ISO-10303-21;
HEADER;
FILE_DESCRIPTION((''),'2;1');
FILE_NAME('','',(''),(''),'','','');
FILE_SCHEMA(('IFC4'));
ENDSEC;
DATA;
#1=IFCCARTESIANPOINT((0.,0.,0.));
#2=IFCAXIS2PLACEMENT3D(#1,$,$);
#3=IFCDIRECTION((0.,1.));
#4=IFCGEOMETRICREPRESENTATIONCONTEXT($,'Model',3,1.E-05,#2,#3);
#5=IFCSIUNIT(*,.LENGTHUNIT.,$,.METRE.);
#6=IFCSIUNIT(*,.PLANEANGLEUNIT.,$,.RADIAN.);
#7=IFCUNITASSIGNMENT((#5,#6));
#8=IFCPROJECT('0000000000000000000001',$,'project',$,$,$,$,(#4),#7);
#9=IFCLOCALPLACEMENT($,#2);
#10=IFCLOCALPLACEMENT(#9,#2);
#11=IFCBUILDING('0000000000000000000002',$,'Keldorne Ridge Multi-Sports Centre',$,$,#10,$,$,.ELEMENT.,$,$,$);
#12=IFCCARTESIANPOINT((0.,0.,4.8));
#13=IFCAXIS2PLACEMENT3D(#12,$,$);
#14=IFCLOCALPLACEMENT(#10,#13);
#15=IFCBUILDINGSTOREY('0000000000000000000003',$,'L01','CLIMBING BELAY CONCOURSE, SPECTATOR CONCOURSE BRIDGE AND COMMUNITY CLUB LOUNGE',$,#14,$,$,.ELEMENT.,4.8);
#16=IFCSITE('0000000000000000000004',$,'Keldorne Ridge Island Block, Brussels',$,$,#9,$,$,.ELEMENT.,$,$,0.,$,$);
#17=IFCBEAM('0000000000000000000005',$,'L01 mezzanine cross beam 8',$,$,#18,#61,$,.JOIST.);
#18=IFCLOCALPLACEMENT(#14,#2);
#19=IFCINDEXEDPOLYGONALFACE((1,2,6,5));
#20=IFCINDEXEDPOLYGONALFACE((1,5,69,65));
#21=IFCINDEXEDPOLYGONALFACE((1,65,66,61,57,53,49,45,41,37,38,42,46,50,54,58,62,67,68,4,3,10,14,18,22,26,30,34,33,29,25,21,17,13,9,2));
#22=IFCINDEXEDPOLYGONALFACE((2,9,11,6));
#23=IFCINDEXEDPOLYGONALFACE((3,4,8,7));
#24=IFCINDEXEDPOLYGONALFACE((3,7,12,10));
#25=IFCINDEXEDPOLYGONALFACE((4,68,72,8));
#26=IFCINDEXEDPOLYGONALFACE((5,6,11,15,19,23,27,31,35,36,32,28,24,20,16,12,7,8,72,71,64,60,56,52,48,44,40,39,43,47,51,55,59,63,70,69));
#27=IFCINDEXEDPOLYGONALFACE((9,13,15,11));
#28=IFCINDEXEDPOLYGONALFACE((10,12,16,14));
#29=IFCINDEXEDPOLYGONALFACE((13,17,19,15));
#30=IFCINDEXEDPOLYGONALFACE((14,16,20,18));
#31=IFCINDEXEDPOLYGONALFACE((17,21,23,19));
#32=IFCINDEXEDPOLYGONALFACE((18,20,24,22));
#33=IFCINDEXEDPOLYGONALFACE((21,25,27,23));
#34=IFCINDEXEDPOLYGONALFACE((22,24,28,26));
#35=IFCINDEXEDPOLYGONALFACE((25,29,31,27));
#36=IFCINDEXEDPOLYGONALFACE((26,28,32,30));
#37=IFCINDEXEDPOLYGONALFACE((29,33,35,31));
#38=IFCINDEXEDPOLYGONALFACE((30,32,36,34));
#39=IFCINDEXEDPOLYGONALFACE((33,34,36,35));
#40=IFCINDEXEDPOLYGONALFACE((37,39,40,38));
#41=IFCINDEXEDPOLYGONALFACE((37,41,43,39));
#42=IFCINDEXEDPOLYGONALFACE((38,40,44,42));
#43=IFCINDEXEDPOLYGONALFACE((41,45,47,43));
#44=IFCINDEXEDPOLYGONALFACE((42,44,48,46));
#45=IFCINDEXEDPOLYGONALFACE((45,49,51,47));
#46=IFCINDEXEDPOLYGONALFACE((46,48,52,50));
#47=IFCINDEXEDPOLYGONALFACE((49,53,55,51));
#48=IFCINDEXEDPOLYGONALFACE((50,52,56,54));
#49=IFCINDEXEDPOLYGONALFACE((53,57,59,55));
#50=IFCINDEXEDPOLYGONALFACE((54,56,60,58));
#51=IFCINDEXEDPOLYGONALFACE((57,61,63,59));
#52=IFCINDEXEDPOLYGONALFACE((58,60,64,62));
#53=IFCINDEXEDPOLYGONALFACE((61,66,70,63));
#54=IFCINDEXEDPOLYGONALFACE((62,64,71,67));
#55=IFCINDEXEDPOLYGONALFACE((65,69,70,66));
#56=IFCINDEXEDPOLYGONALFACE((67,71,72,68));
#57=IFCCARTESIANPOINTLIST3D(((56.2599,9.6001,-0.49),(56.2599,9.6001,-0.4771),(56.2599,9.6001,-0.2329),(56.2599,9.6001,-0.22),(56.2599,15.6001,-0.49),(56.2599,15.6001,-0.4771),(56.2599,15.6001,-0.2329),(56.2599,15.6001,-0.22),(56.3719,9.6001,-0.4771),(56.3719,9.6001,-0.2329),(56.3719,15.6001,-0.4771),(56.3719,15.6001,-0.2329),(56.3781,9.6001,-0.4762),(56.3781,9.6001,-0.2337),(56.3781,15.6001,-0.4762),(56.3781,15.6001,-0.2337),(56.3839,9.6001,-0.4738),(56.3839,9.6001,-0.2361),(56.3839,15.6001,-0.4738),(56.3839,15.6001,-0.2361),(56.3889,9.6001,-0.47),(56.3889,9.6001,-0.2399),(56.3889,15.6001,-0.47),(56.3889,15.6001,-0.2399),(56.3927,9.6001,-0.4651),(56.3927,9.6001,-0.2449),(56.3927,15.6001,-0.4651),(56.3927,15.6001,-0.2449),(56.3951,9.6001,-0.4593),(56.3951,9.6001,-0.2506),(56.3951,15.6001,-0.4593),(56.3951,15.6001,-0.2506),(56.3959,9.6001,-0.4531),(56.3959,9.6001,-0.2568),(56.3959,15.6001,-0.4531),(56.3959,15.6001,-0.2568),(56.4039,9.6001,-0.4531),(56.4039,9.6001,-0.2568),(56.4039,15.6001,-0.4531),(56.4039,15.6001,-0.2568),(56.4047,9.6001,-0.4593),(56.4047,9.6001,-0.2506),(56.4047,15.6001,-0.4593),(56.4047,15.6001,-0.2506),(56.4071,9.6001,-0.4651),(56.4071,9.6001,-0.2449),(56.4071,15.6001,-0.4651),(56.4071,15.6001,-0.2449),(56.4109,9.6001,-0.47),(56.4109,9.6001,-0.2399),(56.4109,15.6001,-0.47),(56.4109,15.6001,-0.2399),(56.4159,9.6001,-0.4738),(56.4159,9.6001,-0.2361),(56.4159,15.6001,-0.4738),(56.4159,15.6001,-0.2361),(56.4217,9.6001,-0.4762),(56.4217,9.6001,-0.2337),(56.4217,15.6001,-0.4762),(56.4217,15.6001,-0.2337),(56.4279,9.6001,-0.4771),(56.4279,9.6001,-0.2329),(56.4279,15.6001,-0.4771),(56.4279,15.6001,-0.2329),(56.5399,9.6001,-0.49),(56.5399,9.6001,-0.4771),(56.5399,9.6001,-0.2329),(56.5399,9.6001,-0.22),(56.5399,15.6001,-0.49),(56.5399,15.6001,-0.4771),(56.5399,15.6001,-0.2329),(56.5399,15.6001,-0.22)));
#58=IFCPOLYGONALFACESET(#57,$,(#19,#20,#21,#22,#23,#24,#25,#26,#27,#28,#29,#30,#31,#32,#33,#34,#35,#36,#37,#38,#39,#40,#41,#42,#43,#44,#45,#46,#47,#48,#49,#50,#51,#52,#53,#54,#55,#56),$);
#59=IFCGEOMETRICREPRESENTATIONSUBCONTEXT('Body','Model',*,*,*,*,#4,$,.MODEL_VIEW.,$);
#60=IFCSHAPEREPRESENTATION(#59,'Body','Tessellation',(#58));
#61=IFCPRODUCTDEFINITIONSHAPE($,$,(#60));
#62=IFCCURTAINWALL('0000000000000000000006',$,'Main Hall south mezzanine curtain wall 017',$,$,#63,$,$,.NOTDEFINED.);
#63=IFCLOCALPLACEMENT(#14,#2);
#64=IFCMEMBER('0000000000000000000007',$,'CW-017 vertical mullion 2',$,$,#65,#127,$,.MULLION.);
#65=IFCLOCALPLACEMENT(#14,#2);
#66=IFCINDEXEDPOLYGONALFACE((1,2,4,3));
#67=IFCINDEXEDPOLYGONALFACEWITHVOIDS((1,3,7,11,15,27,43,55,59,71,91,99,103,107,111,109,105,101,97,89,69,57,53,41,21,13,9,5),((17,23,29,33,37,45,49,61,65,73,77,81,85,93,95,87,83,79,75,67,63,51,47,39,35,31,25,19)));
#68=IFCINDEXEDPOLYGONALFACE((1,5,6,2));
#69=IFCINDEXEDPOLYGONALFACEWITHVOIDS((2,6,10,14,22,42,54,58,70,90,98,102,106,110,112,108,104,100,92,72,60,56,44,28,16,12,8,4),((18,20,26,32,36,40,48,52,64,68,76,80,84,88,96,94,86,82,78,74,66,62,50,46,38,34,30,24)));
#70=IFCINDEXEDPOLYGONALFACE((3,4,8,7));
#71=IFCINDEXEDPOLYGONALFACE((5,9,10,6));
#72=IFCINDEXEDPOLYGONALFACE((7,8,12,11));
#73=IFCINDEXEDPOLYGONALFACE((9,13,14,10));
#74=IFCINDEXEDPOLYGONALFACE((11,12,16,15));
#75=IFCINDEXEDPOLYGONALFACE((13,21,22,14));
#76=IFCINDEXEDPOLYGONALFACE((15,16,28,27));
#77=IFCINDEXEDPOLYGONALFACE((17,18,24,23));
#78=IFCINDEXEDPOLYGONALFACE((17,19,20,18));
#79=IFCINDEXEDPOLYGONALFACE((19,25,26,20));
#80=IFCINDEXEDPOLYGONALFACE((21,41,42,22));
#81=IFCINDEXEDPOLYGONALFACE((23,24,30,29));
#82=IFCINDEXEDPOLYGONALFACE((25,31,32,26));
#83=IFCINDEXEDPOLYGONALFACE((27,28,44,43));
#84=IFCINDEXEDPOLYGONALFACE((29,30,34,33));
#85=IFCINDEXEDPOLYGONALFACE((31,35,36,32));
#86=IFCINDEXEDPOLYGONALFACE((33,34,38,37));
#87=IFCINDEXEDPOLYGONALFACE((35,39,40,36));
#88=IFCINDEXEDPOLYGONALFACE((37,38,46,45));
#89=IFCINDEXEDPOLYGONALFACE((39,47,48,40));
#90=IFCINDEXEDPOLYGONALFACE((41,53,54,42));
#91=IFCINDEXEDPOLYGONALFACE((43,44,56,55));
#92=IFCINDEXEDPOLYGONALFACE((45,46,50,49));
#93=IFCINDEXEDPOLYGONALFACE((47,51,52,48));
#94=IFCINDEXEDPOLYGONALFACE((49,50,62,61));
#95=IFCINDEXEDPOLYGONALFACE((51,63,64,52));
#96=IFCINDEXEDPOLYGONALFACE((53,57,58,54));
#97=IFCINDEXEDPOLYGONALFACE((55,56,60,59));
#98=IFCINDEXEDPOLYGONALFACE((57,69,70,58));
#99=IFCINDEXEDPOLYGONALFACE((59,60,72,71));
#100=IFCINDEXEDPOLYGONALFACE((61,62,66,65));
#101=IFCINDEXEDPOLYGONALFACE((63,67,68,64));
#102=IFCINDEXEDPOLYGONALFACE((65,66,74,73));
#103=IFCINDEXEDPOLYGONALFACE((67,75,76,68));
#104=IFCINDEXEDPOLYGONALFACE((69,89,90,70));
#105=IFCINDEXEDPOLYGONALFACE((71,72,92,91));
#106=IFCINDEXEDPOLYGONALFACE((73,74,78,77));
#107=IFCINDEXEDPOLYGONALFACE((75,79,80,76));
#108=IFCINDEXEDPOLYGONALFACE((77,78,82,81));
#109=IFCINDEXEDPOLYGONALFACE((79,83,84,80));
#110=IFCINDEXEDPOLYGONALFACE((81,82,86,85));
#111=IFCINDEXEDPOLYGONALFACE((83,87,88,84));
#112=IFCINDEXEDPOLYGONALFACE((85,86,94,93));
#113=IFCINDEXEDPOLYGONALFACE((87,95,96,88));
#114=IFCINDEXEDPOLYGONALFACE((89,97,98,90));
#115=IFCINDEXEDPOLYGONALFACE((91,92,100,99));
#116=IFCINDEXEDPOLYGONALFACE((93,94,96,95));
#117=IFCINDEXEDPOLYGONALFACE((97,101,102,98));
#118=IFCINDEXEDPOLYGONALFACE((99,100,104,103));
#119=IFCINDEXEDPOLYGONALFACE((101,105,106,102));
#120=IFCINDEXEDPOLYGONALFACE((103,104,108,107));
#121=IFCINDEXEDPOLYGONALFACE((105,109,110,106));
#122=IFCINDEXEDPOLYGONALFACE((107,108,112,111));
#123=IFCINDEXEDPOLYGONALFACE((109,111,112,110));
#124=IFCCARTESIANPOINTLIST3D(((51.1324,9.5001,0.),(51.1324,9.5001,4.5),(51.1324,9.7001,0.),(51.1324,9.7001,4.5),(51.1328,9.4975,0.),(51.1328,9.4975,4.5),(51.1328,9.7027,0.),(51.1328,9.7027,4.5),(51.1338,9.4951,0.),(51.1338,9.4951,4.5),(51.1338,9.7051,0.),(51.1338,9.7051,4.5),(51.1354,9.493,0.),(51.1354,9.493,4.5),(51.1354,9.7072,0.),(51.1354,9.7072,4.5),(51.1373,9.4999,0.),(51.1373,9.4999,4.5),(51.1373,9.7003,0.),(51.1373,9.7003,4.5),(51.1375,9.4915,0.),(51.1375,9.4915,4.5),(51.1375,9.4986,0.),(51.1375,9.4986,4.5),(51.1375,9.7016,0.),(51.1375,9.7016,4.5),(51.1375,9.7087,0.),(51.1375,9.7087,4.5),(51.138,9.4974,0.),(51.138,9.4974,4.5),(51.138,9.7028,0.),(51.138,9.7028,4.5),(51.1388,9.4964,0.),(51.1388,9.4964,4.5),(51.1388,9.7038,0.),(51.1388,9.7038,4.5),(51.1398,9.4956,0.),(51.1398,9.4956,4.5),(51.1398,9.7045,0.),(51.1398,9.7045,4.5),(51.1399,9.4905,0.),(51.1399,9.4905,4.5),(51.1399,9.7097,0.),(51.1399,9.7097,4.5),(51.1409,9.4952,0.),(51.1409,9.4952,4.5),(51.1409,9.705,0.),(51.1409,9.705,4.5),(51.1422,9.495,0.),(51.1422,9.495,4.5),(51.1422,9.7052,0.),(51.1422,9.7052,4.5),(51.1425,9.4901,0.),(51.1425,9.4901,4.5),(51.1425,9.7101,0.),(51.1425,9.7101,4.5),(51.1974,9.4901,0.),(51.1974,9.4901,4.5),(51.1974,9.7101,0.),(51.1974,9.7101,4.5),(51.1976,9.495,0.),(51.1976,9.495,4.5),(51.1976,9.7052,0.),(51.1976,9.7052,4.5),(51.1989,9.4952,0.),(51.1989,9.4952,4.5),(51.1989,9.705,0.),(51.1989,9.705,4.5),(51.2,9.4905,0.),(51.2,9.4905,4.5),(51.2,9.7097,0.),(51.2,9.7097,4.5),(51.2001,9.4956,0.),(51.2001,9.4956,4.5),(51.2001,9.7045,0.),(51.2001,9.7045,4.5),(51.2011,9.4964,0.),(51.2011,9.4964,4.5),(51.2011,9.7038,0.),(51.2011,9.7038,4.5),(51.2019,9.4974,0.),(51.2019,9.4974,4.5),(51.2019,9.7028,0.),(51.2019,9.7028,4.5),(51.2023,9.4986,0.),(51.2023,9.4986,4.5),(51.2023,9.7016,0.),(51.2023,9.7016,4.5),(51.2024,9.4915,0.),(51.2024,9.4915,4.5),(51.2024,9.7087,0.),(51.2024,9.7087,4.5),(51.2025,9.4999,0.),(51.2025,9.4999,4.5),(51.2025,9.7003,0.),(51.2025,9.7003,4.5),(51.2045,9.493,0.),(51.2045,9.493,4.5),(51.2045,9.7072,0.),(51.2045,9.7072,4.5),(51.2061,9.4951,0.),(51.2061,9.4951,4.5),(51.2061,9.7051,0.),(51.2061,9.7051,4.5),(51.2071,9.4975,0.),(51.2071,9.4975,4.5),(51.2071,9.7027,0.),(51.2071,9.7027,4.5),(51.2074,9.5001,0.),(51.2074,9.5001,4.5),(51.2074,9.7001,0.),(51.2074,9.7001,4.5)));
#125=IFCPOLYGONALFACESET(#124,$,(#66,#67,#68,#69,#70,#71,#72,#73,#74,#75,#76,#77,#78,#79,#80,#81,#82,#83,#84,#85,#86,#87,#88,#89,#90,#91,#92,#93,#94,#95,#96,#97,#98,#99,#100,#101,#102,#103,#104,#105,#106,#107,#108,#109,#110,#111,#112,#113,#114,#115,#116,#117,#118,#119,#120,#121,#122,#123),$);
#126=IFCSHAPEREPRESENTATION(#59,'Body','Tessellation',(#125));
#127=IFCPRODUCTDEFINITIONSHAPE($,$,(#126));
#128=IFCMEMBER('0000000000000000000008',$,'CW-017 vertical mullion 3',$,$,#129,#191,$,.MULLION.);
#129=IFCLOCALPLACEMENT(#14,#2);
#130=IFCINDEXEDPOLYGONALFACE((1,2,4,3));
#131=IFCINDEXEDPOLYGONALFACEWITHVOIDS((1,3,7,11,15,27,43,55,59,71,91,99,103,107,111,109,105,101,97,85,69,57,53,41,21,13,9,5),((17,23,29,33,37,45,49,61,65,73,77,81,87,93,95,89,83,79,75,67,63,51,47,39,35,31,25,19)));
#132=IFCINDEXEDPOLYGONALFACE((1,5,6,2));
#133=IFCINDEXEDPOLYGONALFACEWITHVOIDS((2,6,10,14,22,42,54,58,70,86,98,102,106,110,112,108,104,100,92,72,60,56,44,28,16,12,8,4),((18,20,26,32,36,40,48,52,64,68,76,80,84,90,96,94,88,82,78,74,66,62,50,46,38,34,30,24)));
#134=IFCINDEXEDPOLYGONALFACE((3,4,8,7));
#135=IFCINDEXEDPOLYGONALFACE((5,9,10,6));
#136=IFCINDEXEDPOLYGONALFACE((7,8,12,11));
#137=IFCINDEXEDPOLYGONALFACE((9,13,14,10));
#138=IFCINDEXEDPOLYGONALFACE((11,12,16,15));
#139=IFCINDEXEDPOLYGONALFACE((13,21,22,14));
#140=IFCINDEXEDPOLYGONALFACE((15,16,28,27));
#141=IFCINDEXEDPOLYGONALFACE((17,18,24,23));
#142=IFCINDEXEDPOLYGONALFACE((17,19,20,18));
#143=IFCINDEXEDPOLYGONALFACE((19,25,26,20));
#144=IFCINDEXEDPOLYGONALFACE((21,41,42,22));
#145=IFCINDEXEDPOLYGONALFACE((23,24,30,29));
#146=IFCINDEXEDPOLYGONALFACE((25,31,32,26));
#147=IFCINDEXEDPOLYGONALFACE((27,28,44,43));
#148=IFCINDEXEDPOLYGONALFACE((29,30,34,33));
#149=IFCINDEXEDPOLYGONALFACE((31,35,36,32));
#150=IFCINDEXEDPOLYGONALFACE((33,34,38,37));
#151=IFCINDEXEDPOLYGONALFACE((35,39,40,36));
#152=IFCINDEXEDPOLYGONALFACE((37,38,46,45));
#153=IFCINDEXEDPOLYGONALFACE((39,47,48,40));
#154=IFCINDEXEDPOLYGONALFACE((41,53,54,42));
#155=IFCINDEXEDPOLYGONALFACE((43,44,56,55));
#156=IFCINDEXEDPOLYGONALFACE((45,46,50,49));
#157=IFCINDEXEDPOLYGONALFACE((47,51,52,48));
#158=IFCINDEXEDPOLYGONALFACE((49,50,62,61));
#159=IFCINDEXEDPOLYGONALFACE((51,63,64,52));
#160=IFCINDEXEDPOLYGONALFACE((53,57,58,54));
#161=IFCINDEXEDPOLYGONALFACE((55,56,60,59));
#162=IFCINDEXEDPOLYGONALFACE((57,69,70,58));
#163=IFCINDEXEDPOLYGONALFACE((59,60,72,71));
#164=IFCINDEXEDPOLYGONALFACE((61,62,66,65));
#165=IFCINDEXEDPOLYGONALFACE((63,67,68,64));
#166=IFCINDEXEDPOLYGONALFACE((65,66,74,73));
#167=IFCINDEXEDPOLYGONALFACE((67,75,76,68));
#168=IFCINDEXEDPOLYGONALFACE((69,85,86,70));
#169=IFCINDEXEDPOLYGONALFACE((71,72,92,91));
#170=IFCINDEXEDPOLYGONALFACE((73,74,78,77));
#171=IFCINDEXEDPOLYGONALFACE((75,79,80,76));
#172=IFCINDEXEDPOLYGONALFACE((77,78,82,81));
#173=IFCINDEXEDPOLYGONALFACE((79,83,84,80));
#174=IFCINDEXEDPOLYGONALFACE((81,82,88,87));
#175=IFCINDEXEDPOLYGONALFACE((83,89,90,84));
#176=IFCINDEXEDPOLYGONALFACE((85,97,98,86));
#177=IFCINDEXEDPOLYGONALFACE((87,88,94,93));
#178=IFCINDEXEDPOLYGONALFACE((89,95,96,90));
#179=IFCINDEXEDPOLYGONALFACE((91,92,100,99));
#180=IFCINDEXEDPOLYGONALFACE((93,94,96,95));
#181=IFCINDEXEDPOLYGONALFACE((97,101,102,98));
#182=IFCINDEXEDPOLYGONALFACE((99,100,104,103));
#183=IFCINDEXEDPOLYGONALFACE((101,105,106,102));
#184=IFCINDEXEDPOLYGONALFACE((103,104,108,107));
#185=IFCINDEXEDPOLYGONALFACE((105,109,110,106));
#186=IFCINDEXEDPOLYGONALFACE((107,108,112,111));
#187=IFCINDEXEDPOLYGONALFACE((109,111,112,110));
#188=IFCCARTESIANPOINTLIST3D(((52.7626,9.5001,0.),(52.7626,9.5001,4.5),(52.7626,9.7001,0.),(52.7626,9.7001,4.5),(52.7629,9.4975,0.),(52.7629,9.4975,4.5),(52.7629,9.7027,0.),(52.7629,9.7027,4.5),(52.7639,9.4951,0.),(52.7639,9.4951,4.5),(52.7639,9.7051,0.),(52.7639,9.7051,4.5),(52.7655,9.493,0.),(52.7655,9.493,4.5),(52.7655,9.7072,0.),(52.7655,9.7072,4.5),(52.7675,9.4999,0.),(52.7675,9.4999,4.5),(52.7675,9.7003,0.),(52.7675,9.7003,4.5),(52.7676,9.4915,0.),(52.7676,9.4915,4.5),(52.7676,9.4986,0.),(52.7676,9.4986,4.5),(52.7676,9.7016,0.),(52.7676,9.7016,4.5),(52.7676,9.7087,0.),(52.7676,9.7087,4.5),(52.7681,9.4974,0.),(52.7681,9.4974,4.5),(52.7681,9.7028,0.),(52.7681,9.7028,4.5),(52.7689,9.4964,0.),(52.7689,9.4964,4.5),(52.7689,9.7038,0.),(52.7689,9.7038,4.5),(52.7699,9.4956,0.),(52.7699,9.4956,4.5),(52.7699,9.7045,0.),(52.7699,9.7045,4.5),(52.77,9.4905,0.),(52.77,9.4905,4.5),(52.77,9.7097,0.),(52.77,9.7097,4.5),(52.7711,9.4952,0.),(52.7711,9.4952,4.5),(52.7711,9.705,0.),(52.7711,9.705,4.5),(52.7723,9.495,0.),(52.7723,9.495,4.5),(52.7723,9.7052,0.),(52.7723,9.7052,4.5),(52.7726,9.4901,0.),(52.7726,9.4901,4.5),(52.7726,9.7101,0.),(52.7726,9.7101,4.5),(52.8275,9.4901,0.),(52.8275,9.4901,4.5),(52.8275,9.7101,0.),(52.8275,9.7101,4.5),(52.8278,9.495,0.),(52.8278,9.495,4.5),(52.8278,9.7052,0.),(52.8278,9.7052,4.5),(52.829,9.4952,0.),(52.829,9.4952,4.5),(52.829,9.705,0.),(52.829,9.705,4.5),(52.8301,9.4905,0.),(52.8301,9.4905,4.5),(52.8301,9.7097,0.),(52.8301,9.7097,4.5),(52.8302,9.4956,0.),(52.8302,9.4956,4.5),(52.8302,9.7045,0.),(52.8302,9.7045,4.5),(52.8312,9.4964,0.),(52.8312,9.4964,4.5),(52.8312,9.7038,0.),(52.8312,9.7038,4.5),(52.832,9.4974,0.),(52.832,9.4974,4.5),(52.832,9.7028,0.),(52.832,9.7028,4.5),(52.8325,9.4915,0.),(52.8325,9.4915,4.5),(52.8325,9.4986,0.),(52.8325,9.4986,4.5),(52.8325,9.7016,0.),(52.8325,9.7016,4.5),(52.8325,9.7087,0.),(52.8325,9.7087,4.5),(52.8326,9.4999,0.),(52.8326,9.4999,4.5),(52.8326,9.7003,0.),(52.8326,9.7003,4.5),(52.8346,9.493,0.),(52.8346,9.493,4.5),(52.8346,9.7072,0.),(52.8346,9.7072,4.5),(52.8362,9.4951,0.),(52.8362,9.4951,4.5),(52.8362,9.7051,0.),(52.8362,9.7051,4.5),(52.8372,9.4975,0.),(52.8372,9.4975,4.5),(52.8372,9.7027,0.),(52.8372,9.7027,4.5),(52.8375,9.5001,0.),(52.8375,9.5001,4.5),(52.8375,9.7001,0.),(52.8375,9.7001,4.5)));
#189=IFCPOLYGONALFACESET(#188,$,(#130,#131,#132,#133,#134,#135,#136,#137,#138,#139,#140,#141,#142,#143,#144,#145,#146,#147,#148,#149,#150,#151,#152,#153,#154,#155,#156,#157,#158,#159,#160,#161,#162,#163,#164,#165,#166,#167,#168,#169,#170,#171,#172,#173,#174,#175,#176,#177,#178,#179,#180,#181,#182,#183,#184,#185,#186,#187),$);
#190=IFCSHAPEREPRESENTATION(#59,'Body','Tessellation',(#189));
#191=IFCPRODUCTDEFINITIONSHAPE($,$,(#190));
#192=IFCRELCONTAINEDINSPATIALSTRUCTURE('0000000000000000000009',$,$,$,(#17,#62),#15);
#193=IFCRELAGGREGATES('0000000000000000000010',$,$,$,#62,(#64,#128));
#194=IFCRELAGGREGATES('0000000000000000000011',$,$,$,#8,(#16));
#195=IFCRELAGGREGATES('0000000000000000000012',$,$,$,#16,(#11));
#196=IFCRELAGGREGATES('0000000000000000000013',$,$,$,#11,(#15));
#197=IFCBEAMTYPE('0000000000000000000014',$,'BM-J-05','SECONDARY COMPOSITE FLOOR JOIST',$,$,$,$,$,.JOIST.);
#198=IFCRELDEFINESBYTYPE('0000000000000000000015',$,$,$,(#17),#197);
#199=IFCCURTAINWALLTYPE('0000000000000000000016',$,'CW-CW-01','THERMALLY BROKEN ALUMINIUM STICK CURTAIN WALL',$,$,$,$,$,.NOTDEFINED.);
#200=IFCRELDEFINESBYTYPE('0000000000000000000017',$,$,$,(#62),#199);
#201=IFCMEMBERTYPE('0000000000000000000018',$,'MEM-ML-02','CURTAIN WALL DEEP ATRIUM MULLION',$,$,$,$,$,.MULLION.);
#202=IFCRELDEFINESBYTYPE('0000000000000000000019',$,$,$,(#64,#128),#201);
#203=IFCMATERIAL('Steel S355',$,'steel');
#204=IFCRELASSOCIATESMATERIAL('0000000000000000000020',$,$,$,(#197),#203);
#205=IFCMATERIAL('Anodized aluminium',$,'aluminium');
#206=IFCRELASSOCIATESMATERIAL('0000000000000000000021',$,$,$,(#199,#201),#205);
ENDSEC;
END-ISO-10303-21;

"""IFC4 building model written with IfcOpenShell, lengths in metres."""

from ifc_helpers import new_model, si_unit, direction, frame, origin, origin_2d, place, context, subcontext, project, spatial, hollow_rectangle, i_section, extrude, material, material_profile, profile_set, type_object, element, aggregate, save


model = new_model("IFC4")

# Units and contexts
model_context = context("Model", 3, precision=1e-05, world=origin(), true_north=direction((0.0, 1.0)))
body_context = subcontext(model_context, "Body", "Model", "MODEL_VIEW")
ifc_project = project(units=[si_unit("LENGTHUNIT", "METRE"), si_unit("PLANEANGLEUNIT", "RADIAN")], contexts=[model_context])

# Site, building, storey
site_placement = place(None, origin())
site = spatial("IfcSite", under=ifc_project, at=site_placement, Name="Keldorne Ridge Island Block, Brussels", CompositionType="ELEMENT", RefElevation=0.0)
building_placement = place(site_placement, origin())
building = spatial("IfcBuilding", under=site, at=building_placement, Name="Keldorne Ridge Multi-Sports Centre", CompositionType="ELEMENT")
storey_placement = place(building_placement, frame((0.0, 0.0, 4.8)))
storey = spatial("IfcBuildingStorey", under=building, at=storey_placement, Name="L01", Description="CLIMBING BELAY CONCOURSE, SPECTATOR CONCOURSE BRIDGE AND COMMUNITY CLUB LOUNGE", CompositionType="ELEMENT", Elevation=4.8)

# Shared definitions
ifc_material_1 = material(Name="Steel S355", Category="steel")

# Beam
ifc_material_profile_1 = material_profile(ifc_material_1, i_section(OverallWidth=0.28, OverallDepth=0.27, WebThickness=0.0081, FlangeThickness=0.0129, FilletRadius=0.0239, at=origin_2d()), Name="HEA 280")
ifc_profile_set_1 = profile_set([ifc_material_profile_1], Name="Steel S355")
beam_type_1 = type_object("IfcBeamType", Name="BM-J-05", Description="SECONDARY COMPOSITE FLOOR JOIST", PredefinedType="JOIST", material=ifc_profile_set_1)
beam_1_placement = place(storey_placement, frame((56.3999, 9.6001, -0.355), z_axis=(0.0, 1.0, 0.0), x_axis=(-1.0, 0.0, 0.0)))
element("IfcBeam", 1, at=beam_1_placement, inside=storey, type_object=beam_type_1, Name="L01 mezzanine cross beam 8", PredefinedType="JOIST", context=body_context, shape_type="SweptSolid", body=[
    extrude(i_section(OverallWidth=0.28, OverallDepth=0.27, WebThickness=0.0081, FlangeThickness=0.0129, FilletRadius=0.0239, at=origin_2d()), origin(), (0.0, 0.0, 1.0), 6.0),
])

# Curtain wall, members
ifc_material_2 = material(Name="Anodized aluminium", Category="aluminium")
curtain_wall_type_1 = type_object("IfcCurtainWallType", Name="CW-CW-01", Description="THERMALLY BROKEN ALUMINIUM STICK CURTAIN WALL", PredefinedType="NOTDEFINED", material=ifc_material_2)
curtain_wall_1_placement = place(storey_placement, origin())
curtain_wall_1 = element("IfcCurtainWall", 2, at=curtain_wall_1_placement, inside=storey, type_object=curtain_wall_type_1, Name="Main Hall south mezzanine curtain wall 017", PredefinedType="NOTDEFINED")
ifc_material_profile_2 = material_profile(ifc_material_2, hollow_rectangle(XDim=0.075, YDim=0.22, WallThickness=0.0049, InnerFilletRadius=0.0049, OuterFilletRadius=0.01, at=origin_2d()), Name="ALU MULLION 220x75x5")
ifc_profile_set_2 = profile_set([ifc_material_profile_2], Name="Anodized aluminium")
member_type_1 = type_object("IfcMemberType", Name="MEM-ML-02", Description="CURTAIN WALL DEEP ATRIUM MULLION", PredefinedType="MULLION", material=ifc_profile_set_2)
member_1_placement = place(storey_placement, frame((51.1699, 9.6001, 0.0), z_axis=(0.0, 0.0, 1.0), x_axis=(1.0, 0.0, 0.0)))
member_1 = element("IfcMember", 3, at=member_1_placement, type_object=member_type_1, Name="CW-017 vertical mullion 2", PredefinedType="MULLION", context=body_context, shape_type="SweptSolid", body=[
    extrude(hollow_rectangle(XDim=0.075, YDim=0.22, WallThickness=0.0049, InnerFilletRadius=0.0049, OuterFilletRadius=0.01, at=origin_2d()), origin(), (0.0, 0.0, 1.0), 4.5),
])
member_2_placement = place(storey_placement, frame((52.8, 9.6001, 0.0), z_axis=(0.0, 0.0, 1.0), x_axis=(1.0, 0.0, 0.0)))
member_2 = element("IfcMember", 4, at=member_2_placement, type_object=member_type_1, Name="CW-017 vertical mullion 3", PredefinedType="MULLION", context=body_context, shape_type="SweptSolid", body=[
    extrude(hollow_rectangle(XDim=0.075, YDim=0.22, WallThickness=0.0049, InnerFilletRadius=0.0049, OuterFilletRadius=0.01, at=origin_2d()), origin(), (0.0, 0.0, 1.0), 4.5),
])

aggregate(curtain_wall_1, [member_1, member_2])

save(model, "model.ifc")
